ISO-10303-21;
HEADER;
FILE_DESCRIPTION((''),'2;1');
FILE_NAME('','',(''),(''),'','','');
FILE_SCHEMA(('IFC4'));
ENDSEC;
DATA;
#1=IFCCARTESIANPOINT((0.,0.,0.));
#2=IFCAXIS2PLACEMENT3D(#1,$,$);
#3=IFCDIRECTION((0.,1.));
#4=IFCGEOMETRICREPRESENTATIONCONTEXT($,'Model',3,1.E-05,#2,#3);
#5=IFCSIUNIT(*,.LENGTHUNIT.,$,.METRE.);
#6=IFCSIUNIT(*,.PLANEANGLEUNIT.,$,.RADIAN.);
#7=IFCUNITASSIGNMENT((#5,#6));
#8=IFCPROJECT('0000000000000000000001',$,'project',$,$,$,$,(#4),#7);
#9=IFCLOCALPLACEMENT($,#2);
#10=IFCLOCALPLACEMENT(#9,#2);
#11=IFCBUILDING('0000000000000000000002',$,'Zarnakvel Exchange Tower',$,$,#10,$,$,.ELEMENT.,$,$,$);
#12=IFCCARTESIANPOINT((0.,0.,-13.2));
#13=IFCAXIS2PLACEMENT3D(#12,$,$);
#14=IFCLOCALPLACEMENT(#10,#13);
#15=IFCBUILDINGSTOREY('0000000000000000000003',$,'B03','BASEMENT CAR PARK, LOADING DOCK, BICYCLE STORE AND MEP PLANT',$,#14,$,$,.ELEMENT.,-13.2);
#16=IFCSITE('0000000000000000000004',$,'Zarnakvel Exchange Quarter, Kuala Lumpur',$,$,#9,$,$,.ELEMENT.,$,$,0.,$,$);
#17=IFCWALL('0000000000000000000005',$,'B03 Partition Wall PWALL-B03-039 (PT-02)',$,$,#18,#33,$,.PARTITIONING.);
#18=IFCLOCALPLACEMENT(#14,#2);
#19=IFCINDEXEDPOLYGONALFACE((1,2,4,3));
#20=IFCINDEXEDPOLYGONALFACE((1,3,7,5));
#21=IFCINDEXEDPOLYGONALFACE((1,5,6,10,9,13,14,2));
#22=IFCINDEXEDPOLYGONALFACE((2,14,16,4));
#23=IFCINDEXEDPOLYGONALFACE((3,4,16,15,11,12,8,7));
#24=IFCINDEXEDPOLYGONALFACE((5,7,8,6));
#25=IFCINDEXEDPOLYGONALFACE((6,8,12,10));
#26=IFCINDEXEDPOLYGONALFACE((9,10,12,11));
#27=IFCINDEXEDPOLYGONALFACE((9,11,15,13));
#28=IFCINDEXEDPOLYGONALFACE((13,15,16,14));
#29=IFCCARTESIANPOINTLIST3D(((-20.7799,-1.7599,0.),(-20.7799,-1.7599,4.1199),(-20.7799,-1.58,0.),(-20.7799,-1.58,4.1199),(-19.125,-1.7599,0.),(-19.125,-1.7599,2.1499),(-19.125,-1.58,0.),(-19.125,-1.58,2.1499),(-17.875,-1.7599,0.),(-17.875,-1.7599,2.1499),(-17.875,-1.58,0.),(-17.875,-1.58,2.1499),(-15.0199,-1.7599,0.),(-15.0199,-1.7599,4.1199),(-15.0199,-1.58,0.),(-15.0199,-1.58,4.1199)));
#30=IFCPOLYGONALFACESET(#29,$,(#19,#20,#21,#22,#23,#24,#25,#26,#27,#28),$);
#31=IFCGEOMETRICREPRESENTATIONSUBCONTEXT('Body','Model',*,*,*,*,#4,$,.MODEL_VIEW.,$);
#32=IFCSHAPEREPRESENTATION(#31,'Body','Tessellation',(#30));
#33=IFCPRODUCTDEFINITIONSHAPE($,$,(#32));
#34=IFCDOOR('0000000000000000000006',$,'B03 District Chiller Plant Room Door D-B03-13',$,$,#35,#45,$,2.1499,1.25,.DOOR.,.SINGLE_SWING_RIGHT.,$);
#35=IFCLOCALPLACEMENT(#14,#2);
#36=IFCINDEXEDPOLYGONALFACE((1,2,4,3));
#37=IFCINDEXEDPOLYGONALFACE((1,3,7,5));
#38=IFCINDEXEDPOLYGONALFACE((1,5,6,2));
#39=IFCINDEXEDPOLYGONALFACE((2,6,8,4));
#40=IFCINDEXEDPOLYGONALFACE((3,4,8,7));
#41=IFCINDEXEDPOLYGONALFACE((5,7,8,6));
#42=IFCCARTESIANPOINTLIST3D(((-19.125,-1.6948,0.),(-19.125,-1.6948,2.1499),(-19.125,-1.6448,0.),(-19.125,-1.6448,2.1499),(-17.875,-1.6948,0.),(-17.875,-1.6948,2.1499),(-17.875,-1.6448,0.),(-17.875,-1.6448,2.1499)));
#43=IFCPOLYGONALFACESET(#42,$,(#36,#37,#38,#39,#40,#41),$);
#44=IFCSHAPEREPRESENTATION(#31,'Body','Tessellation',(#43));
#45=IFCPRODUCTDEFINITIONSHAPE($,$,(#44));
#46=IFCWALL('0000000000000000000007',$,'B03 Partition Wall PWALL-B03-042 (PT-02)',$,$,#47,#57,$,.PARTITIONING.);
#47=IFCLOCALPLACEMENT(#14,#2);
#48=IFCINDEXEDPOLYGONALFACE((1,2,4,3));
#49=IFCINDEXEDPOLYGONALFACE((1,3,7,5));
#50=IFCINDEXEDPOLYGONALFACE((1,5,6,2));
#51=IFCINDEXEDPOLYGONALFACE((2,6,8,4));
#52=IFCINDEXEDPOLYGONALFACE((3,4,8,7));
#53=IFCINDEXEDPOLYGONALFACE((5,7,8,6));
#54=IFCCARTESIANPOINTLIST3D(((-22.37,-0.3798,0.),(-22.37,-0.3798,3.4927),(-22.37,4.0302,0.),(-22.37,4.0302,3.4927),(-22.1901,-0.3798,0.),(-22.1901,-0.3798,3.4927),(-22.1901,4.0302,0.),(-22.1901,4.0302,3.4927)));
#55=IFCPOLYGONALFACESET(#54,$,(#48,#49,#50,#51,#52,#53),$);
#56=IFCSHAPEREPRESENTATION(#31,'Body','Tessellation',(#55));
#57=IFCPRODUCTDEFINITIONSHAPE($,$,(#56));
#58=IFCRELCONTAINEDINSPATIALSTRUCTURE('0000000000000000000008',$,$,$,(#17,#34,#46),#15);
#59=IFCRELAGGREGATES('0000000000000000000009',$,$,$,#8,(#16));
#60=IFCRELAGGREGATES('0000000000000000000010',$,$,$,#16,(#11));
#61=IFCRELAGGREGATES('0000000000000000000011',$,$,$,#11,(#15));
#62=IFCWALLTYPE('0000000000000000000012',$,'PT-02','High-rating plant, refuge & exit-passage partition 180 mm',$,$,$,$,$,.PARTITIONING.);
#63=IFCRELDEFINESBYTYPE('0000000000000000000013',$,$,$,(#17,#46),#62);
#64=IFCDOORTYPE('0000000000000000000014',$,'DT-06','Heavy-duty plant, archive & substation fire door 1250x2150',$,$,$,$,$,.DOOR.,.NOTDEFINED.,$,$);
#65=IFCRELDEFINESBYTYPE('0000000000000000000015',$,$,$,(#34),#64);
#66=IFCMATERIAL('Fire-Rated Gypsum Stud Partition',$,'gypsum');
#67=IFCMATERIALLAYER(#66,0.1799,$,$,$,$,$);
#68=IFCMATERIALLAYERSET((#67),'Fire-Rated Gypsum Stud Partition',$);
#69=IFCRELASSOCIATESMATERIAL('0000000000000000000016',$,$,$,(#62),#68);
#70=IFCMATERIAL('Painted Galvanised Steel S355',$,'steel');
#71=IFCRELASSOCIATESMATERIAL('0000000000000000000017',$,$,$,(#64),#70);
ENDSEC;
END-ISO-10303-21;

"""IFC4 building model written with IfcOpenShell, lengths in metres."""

from ifc_helpers import new_model, si_unit, direction, frame, frame_2d, origin, place, context, subcontext, project, spatial, rectangle, extrude, source, transform, mapped, material, layer, layer_set, type_object, element, fill, save


model = new_model("IFC4")

# Units and contexts
model_context = context("Model", 3, precision=1e-05, world=origin(), true_north=direction((0.0, 1.0)))
body_context = subcontext(model_context, "Body", "Model", "MODEL_VIEW")
ifc_project = project(units=[si_unit("LENGTHUNIT", "METRE"), si_unit("PLANEANGLEUNIT", "RADIAN")], contexts=[model_context])

# Site, building, storey
site_placement = place(None, origin())
site = spatial("IfcSite", under=ifc_project, at=site_placement, Name="Zarnakvel Exchange Quarter, Kuala Lumpur", CompositionType="ELEMENT", RefElevation=0.0)
building_placement = place(site_placement, origin())
building = spatial("IfcBuilding", under=site, at=building_placement, Name="Zarnakvel Exchange Tower", CompositionType="ELEMENT")
storey_placement = place(building_placement, frame((0.0, 0.0, -13.2)))
storey = spatial("IfcBuildingStorey", under=building, at=storey_placement, Name="B03", Description="BASEMENT CAR PARK, LOADING DOCK, BICYCLE STORE AND MEP PLANT", CompositionType="ELEMENT", Elevation=-13.2)

# Wall, opening, door
ifc_material_1 = material(Name="Fire-Rated Gypsum Stud Partition", Category="gypsum")
ifc_layer_1 = layer(ifc_material_1, 0.1799)
ifc_layer_set_1 = layer_set([ifc_layer_1], Name="Fire-Rated Gypsum Stud Partition")
wall_type_1 = type_object("IfcWallType", Name="PT-02", Description="High-rating plant, refuge & exit-passage partition 180 mm", PredefinedType="PARTITIONING", material=ifc_layer_set_1)
wall_1_placement = place(storey_placement, frame((-15.02, -1.6699, 0.0), z_axis=(0.0, 0.0, 1.0), x_axis=(-1.0, 0.0, 0.0)))
wall_1 = element("IfcWall", 1, at=wall_1_placement, inside=storey, type_object=wall_type_1, Name="B03 Partition Wall PWALL-B03-039 (PT-02)", PredefinedType="PARTITIONING", context=body_context, shape_type="SweptSolid", body=[
    extrude(rectangle(XDim=5.76, YDim=0.1799, at=frame_2d((2.8799, 0.0))), origin(), (0.0, 0.0, 1.0), 4.1199),
])
opening_placement = place(wall_1_placement, frame((2.855, 0.0, 0.0)))
opening = element("IfcOpeningElement", 2, at=opening_placement, cuts=wall_1, PredefinedType="OPENING", context=body_context, shape_type="SweptSolid", body=[
    extrude(rectangle(XDim=1.25, YDim=2.1499, at=frame_2d((0.625, 1.075))), frame((0.0, 0.0999, 0.0), z_axis=(0.0, -1.0, 0.0), x_axis=(1.0, 0.0, 0.0)), (0.0, 0.0, 1.0), 0.2),
])
ifc_material_2 = material(Name="Painted Galvanised Steel S355", Category="steel")
door_type = type_object("IfcDoorType", Name="DT-06", Description="Heavy-duty plant, archive & substation fire door 1250x2150", OperationType="NOTDEFINED", PredefinedType="DOOR", material=ifc_material_2)
shared_shape_1 = source(origin(), body_context, "Body", "SweptSolid", [
    extrude(rectangle(XDim=1.25, YDim=2.1499, at=frame_2d((0.625, 1.075))), frame((0.0, 0.0249, 0.0), z_axis=(0.0, -1.0, 0.0), x_axis=(1.0, 0.0, 0.0)), (0.0, 0.0, 1.0), 0.05),
])
door_placement = place(opening_placement, origin())
door = element("IfcDoor", 3, at=door_placement, inside=storey, type_object=door_type, Name="B03 District Chiller Plant Room Door D-B03-13", OperationType="SINGLE_SWING_RIGHT", OverallHeight=2.1499, OverallWidth=1.25, PredefinedType="DOOR", context=body_context, shape_type="MappedRepresentation", body=[
    mapped(shared_shape_1, transform((0.0, 0.0, 0.0), x_axis=(1.0, 0.0, 0.0), y_axis=(0.0, 1.0, 0.0), z_axis=(0.0, 0.0, 1.0), scale=1.0)),
])
fill(opening, door)

# Wall
wall_2_placement = place(storey_placement, frame((-22.28, -0.3799, 0.0), z_axis=(0.0, 0.0, 1.0), x_axis=(0.0, 1.0, 0.0)))
element("IfcWall", 4, at=wall_2_placement, inside=storey, type_object=wall_type_1, Name="B03 Partition Wall PWALL-B03-042 (PT-02)", PredefinedType="PARTITIONING", context=body_context, shape_type="SweptSolid", body=[
    extrude(rectangle(XDim=4.4099, YDim=0.1799, at=frame_2d((2.2051, 0.0))), origin(), (0.0, 0.0, 1.0), 3.4927),
])

save(model, "model.ifc")
